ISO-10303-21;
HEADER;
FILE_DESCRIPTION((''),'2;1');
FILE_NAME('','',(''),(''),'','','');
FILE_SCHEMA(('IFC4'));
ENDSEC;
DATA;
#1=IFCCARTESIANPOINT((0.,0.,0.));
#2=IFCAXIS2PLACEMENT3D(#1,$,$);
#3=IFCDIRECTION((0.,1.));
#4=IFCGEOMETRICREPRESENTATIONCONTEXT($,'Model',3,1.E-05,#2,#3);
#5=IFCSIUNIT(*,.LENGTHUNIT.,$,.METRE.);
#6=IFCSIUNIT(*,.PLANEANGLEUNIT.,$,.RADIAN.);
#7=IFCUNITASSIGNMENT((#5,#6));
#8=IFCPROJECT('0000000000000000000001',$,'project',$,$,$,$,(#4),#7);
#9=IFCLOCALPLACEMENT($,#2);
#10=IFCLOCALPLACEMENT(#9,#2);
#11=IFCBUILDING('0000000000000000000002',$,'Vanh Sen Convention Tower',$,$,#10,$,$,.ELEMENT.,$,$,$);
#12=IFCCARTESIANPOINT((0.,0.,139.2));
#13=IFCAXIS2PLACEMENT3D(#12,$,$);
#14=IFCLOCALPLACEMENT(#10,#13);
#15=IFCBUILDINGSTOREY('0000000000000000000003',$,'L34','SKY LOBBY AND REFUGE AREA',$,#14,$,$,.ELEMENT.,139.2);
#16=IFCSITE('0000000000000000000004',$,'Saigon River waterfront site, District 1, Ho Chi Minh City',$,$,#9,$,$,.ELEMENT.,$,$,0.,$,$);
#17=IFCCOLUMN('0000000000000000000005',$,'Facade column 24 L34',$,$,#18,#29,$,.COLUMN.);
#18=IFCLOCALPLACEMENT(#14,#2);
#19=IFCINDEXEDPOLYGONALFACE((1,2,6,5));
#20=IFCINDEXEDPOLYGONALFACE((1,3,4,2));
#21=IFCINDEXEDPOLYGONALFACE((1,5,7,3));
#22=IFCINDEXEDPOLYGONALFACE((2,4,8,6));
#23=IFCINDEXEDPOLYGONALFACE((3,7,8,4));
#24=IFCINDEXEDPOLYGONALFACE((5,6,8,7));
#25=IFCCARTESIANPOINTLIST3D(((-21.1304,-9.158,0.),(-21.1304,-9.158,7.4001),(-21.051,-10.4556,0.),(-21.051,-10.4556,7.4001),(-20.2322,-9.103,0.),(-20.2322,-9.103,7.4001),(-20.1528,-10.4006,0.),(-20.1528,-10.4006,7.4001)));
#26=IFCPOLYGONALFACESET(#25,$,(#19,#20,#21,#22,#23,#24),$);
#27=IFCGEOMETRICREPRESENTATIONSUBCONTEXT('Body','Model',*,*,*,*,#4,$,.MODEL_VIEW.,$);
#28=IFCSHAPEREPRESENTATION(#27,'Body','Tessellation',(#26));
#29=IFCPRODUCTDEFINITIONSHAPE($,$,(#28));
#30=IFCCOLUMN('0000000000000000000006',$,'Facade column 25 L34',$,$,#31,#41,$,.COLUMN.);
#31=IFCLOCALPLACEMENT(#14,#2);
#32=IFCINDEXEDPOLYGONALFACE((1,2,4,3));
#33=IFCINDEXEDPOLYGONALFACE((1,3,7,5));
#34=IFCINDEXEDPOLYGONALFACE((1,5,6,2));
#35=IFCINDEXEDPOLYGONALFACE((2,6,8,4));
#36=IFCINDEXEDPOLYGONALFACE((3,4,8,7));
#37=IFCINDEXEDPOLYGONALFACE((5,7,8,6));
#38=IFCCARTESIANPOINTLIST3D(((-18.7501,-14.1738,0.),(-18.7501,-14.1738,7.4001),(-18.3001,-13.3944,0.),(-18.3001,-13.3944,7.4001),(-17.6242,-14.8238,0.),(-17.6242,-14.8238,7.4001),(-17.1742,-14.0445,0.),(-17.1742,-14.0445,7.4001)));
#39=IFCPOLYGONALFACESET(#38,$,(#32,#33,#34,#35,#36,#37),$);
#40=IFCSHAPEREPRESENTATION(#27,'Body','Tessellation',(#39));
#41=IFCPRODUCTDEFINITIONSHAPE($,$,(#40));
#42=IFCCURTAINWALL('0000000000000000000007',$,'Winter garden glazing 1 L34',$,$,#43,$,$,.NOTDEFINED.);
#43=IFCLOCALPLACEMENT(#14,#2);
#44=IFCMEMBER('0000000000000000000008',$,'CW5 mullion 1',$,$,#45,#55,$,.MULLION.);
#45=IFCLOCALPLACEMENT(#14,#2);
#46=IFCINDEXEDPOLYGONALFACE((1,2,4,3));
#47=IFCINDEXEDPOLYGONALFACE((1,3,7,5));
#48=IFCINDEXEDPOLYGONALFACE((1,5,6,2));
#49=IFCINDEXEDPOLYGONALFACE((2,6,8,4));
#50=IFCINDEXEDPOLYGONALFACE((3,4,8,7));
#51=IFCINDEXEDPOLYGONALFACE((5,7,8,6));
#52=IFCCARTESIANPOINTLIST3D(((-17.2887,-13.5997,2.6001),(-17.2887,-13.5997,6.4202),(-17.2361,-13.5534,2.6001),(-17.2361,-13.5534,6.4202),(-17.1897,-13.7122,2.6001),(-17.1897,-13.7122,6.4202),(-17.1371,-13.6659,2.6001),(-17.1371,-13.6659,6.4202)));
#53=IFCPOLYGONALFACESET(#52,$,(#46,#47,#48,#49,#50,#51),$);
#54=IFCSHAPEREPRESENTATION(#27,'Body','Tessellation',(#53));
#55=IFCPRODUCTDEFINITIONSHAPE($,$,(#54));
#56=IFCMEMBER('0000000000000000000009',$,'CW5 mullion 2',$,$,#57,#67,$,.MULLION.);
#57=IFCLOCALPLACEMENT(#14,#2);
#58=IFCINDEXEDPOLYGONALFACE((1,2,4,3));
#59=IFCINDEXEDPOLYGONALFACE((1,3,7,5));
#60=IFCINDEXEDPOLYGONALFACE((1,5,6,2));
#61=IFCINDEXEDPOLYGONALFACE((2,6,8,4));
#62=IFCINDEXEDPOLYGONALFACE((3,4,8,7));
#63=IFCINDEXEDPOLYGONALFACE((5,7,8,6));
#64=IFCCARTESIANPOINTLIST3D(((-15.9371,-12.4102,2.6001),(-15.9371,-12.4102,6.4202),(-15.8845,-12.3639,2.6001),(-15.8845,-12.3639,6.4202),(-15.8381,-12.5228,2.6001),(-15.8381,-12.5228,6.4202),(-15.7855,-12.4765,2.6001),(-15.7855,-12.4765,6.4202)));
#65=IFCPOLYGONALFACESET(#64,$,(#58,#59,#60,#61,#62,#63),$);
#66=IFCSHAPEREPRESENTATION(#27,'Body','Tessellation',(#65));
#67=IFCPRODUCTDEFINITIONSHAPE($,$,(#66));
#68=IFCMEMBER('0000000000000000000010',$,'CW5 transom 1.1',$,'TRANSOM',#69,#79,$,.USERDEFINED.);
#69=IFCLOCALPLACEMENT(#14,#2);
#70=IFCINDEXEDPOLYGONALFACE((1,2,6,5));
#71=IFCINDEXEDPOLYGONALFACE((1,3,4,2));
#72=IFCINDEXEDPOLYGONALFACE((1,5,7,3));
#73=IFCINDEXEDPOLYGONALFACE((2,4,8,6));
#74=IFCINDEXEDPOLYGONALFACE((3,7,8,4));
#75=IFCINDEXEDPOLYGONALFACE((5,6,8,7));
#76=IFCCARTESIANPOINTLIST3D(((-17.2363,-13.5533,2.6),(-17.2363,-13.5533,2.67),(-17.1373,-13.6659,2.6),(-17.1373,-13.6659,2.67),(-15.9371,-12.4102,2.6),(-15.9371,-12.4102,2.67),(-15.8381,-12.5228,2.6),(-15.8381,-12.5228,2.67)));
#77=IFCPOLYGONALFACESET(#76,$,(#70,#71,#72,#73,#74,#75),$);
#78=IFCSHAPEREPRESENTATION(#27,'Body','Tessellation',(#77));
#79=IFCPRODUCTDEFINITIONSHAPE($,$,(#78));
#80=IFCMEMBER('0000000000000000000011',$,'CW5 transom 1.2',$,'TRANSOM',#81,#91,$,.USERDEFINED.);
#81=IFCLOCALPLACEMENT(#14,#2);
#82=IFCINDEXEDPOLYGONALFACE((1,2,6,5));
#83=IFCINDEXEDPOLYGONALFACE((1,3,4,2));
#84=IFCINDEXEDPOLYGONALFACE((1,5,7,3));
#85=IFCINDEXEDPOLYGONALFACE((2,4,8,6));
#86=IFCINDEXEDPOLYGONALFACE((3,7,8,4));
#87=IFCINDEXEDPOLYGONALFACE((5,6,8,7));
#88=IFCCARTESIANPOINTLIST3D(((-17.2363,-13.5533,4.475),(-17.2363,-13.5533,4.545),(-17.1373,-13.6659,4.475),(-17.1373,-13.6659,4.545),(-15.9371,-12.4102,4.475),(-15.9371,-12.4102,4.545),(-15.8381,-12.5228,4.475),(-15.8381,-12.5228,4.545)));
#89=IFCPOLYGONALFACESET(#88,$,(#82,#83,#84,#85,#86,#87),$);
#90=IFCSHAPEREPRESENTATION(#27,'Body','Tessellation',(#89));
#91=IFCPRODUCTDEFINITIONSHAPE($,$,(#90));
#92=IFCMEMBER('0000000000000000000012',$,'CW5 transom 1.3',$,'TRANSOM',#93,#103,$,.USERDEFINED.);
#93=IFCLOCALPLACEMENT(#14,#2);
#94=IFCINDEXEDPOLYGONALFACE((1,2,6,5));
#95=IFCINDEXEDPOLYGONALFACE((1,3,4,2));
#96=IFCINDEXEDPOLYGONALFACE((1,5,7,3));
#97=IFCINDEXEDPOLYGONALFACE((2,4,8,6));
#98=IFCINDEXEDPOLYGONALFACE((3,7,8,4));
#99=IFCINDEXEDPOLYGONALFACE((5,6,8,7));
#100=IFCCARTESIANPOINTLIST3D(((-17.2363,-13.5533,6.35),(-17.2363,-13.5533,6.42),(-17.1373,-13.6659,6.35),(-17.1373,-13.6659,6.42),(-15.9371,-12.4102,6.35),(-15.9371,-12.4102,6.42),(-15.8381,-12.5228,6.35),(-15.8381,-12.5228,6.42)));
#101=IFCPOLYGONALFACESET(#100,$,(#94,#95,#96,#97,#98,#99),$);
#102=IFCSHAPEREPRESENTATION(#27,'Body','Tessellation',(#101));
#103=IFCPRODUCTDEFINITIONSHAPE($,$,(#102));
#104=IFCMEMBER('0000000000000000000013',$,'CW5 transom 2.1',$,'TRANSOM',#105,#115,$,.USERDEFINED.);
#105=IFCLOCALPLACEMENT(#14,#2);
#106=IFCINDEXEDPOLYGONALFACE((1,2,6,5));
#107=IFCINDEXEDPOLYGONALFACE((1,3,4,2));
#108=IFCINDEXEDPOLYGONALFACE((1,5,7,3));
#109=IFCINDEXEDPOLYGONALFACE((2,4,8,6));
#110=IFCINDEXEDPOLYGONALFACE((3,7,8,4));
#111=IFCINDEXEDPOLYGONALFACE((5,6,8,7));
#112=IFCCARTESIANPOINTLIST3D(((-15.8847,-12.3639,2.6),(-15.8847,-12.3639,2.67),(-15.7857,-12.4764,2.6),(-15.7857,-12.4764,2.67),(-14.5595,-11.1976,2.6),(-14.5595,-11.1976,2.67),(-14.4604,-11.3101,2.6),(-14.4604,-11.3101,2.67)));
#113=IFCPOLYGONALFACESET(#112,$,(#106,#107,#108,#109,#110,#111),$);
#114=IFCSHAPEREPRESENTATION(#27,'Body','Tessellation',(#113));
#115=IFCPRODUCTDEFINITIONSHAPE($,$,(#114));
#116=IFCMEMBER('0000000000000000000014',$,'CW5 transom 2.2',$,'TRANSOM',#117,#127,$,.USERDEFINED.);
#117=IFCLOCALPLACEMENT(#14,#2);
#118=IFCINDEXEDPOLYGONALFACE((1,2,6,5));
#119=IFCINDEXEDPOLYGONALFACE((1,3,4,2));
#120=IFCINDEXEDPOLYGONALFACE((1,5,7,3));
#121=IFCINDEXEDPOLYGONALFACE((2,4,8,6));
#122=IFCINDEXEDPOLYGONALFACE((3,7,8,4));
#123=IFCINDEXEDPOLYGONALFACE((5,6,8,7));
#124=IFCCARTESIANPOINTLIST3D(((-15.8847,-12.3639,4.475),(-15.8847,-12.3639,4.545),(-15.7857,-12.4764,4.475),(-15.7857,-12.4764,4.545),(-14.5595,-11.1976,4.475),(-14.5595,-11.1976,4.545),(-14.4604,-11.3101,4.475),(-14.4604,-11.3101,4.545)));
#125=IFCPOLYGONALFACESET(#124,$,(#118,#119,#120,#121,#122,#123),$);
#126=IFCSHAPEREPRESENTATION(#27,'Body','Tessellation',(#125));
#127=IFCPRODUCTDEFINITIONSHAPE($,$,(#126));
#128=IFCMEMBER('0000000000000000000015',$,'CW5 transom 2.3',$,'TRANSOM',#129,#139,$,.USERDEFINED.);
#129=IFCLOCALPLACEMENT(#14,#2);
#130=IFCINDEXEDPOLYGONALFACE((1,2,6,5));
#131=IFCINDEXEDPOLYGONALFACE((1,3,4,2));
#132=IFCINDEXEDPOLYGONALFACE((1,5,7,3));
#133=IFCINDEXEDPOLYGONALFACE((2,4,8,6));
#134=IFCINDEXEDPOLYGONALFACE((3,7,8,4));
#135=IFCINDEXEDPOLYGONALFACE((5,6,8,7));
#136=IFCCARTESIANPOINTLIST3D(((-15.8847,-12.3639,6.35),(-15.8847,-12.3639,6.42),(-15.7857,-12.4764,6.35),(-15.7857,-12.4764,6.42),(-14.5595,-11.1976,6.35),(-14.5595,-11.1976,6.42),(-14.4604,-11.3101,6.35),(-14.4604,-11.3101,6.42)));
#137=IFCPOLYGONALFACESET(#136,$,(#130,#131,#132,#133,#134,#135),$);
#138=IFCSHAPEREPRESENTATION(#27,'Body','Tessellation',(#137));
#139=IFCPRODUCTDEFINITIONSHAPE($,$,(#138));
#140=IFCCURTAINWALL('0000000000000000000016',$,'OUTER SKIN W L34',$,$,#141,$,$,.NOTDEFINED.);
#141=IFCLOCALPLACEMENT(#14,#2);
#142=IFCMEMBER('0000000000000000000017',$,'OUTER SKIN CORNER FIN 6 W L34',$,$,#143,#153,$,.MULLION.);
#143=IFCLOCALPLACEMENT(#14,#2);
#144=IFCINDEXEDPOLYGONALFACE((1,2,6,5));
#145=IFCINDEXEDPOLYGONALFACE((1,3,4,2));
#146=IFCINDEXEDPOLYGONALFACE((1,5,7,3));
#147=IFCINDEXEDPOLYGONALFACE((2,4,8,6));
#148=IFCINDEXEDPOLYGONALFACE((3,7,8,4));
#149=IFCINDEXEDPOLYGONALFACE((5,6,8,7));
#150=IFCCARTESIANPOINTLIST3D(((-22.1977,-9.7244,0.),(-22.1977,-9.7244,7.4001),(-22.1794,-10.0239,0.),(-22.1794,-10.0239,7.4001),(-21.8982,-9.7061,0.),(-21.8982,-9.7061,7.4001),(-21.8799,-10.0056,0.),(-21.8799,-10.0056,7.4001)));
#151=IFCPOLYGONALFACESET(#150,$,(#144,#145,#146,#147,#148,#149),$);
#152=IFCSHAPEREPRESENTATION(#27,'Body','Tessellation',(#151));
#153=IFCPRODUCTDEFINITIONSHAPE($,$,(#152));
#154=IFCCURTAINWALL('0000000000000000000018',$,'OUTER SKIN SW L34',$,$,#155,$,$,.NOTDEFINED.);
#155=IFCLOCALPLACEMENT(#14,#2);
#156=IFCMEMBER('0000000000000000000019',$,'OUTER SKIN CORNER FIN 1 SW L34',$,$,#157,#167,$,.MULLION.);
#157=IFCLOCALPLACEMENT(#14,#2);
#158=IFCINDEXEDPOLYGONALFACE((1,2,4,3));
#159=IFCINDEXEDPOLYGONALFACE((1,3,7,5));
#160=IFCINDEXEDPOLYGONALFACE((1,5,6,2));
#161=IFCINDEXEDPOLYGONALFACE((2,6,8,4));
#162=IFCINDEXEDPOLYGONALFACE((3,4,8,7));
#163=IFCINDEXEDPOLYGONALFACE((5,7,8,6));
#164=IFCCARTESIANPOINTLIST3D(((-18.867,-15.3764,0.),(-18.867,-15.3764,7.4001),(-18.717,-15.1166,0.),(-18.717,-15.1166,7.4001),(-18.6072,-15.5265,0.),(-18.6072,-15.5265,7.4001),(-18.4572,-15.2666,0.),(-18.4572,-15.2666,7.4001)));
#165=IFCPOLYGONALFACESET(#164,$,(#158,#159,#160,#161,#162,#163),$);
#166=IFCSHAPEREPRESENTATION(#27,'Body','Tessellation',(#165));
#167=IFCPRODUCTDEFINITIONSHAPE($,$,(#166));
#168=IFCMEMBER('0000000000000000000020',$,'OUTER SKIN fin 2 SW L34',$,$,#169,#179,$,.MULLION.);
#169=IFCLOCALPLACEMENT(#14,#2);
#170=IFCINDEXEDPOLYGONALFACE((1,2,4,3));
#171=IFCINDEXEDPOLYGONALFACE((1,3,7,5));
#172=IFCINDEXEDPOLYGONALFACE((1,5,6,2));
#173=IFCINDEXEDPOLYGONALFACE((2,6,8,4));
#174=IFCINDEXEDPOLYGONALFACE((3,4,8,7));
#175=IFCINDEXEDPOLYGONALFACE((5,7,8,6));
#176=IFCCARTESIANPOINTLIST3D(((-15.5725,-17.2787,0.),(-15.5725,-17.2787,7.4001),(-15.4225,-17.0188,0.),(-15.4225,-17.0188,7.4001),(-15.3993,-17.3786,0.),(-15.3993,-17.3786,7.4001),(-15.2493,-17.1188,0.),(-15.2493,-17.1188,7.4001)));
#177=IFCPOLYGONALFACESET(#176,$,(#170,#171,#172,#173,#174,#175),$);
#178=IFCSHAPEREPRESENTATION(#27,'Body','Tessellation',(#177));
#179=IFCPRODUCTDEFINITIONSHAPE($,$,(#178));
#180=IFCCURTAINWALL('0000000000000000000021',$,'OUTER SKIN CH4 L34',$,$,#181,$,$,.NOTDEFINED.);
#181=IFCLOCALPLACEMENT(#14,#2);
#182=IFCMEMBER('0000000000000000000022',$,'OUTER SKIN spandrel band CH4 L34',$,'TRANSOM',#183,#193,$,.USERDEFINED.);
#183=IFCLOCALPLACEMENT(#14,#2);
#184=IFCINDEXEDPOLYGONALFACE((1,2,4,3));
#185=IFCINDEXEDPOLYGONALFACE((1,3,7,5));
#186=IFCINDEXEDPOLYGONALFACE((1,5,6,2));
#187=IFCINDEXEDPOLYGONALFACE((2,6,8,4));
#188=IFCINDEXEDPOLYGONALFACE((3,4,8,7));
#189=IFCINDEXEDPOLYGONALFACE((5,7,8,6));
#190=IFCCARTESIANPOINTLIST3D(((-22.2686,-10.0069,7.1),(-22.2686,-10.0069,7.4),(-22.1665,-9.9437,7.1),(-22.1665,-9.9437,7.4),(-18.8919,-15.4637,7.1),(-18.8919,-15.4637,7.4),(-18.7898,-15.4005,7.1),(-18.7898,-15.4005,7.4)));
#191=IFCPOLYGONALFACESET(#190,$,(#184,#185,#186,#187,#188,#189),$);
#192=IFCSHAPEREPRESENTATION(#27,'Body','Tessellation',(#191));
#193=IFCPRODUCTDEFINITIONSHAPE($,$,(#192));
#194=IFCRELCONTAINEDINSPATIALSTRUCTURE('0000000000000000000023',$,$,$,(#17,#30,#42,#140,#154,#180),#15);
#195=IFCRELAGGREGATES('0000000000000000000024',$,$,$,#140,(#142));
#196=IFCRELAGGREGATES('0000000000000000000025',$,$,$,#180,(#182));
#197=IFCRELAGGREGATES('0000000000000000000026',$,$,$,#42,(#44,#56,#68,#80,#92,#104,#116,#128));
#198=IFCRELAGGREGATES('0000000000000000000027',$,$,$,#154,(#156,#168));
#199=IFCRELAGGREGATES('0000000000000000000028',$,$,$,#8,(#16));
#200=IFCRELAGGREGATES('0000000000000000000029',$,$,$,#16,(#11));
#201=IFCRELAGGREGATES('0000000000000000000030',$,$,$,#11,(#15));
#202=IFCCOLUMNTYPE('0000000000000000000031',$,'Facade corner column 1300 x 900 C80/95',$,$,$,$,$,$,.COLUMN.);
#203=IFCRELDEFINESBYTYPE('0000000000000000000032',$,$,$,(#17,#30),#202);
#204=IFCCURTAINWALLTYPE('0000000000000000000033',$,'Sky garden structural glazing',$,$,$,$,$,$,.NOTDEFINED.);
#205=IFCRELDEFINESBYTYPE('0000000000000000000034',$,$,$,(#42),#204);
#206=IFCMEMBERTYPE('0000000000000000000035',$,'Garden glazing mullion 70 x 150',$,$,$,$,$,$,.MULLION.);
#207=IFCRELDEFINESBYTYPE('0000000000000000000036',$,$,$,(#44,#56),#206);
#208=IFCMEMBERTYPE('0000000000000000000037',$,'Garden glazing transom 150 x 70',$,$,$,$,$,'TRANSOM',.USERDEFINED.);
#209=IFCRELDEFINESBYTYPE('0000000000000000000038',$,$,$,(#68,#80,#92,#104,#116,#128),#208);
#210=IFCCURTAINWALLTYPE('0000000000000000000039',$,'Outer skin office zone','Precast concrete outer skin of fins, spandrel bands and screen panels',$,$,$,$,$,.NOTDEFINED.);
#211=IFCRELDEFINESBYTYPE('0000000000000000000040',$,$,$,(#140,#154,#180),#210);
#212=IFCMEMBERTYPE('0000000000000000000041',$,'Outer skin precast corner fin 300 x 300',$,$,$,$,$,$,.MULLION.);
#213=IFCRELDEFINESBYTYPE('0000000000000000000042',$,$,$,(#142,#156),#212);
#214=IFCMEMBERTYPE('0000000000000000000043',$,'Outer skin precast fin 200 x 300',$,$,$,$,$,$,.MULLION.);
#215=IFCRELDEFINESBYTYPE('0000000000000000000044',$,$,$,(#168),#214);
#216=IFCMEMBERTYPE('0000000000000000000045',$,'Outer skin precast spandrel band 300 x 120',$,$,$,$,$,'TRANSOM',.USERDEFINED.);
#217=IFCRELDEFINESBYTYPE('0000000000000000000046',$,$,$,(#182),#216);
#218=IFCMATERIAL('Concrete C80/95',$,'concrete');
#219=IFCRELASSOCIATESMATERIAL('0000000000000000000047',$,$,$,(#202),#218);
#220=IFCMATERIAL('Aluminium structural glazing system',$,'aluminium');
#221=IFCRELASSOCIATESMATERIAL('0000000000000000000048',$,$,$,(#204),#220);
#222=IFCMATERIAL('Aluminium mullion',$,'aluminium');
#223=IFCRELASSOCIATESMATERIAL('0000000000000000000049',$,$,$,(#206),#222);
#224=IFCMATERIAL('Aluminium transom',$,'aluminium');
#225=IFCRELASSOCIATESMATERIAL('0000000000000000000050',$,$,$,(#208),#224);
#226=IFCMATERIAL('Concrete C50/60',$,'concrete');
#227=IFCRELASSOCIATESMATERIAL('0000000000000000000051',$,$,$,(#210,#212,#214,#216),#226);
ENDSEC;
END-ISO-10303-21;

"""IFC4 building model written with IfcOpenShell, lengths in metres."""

from ifc_helpers import new_model, si_unit, direction, frame, origin, origin_2d, place, context, subcontext, project, spatial, rectangle, extrude, material, material_profile, profile_set, type_object, element, aggregate, save


model = new_model("IFC4")

# Units and contexts
model_context = context("Model", 3, precision=1e-05, world=origin(), true_north=direction((0.0, 1.0)))
body_context = subcontext(model_context, "Body", "Model", "MODEL_VIEW")
ifc_project = project(units=[si_unit("LENGTHUNIT", "METRE"), si_unit("PLANEANGLEUNIT", "RADIAN")], contexts=[model_context])

# Site, building, storey
site_placement = place(None, origin())
site = spatial("IfcSite", under=ifc_project, at=site_placement, Name="Saigon River waterfront site, District 1, Ho Chi Minh City", CompositionType="ELEMENT", RefElevation=0.0)
building_placement = place(site_placement, origin())
building = spatial("IfcBuilding", under=site, at=building_placement, Name="Vanh Sen Convention Tower", CompositionType="ELEMENT")
storey_placement = place(building_placement, frame((0.0, 0.0, 139.2)))
storey = spatial("IfcBuildingStorey", under=building, at=storey_placement, Name="L34", Description="SKY LOBBY AND REFUGE AREA", CompositionType="ELEMENT", Elevation=139.2)

# Columns
ifc_material_1 = material(Name="Concrete C80/95", Category="concrete")
ifc_material_profile_1 = material_profile(ifc_material_1, rectangle(XDim=1.3, YDim=0.8999, at=origin_2d()), Name="RC 1300X900")
ifc_profile_set_1 = profile_set([ifc_material_profile_1], Name="Concrete C80/95")
column_type = type_object("IfcColumnType", Name="Facade corner column 1300 x 900 C80/95", PredefinedType="COLUMN", material=ifc_profile_set_1)
for number, where, z_axis, x_axis, name in (
    (1, (-20.6416, -9.7793, 0.0), (0.0, 0.0, 1.0), (0.061049, -0.998135, 0.0), "Facade column 24 L34"),
    (2, (-17.9622, -14.1091, 0.0), (0.0, 0.0, 1.0), (0.866025, -0.5, 0.0), "Facade column 25 L34"),
):
    element("IfcColumn", number, at=place(storey_placement, frame(where, z_axis=z_axis, x_axis=x_axis)), inside=storey, type_object=column_type, Name=name, PredefinedType="COLUMN", context=body_context, shape_type="SweptSolid", body=[
        extrude(rectangle(XDim=1.3, YDim=0.8999, at=origin_2d()), origin(), (0.0, 0.0, 1.0), 7.4001),
    ])

# Curtain wall, members
ifc_material_2 = material(Name="Aluminium structural glazing system", Category="aluminium")
curtain_wall_type_1 = type_object("IfcCurtainWallType", Name="Sky garden structural glazing", PredefinedType="NOTDEFINED", material=ifc_material_2)
curtain_wall_1_placement = place(storey_placement, origin())
curtain_wall_1 = element("IfcCurtainWall", 3, at=curtain_wall_1_placement, inside=storey, type_object=curtain_wall_type_1, Name="Winter garden glazing 1 L34", PredefinedType="NOTDEFINED")
ifc_material_3 = material(Name="Aluminium mullion", Category="aluminium")
ifc_material_profile_2 = material_profile(ifc_material_3, rectangle(XDim=0.1499, YDim=0.0701, at=origin_2d()), Name="Garden glazing mullion 70 x 150")
ifc_profile_set_2 = profile_set([ifc_material_profile_2], Name="Aluminium mullion")
member_type_1 = type_object("IfcMemberType", Name="Garden glazing mullion 70 x 150", PredefinedType="MULLION", material=ifc_profile_set_2)
member_1_placement = place(storey_placement, frame((-17.2129, -13.6328, 2.6001), z_axis=(0.0, 0.0, 1.0), x_axis=(-0.660648, 0.750696, 0.0)))
member_1 = element("IfcMember", 4, at=member_1_placement, type_object=member_type_1, Name="CW5 mullion 1", PredefinedType="MULLION", context=body_context, shape_type="SweptSolid", body=[
    extrude(rectangle(XDim=0.1499, YDim=0.0701, at=origin_2d()), origin(), (0.0, 0.0, 1.0), 3.8201),
])
member_2_placement = place(storey_placement, frame((-15.8613, -12.4434, 2.6001), z_axis=(0.0, 0.0, 1.0), x_axis=(-0.660648, 0.750696, 0.0)))
member_2 = element("IfcMember", 5, at=member_2_placement, type_object=member_type_1, Name="CW5 mullion 2", PredefinedType="MULLION", context=body_context, shape_type="SweptSolid", body=[
    extrude(rectangle(XDim=0.1499, YDim=0.0701, at=origin_2d()), origin(), (0.0, 0.0, 1.0), 3.8201),
])
ifc_material_4 = material(Name="Aluminium transom", Category="aluminium")
ifc_material_profile_3 = material_profile(ifc_material_4, rectangle(XDim=0.1499, YDim=0.0701, at=origin_2d()), Name="Garden glazing transom 150 x 70")
ifc_profile_set_3 = profile_set([ifc_material_profile_3], Name="Aluminium transom")
member_type_2 = type_object("IfcMemberType", Name="Garden glazing transom 150 x 70", ElementType="TRANSOM", PredefinedType="USERDEFINED", material=ifc_profile_set_3)
member_3_placement = place(storey_placement, frame((-17.1868, -13.6096, 2.635), z_axis=(0.750747, 0.66059, 0.0), x_axis=(-0.66059, 0.750747, 0.0)))
member_3 = element("IfcMember", 6, at=member_3_placement, type_object=member_type_2, Name="CW5 transom 1.1", ObjectType="TRANSOM", PredefinedType="USERDEFINED", context=body_context, shape_type="SweptSolid", body=[
    extrude(rectangle(XDim=0.1499, YDim=0.0701, at=origin_2d()), origin(), (0.0, 0.0, 1.0), 1.7305),
])
member_4_placement = place(storey_placement, frame((-17.1868, -13.6096, 4.51), z_axis=(0.750747, 0.66059, 0.0), x_axis=(-0.66059, 0.750747, 0.0)))
member_4 = element("IfcMember", 7, at=member_4_placement, type_object=member_type_2, Name="CW5 transom 1.2", ObjectType="TRANSOM", PredefinedType="USERDEFINED", context=body_context, shape_type="SweptSolid", body=[
    extrude(rectangle(XDim=0.1499, YDim=0.0701, at=origin_2d()), origin(), (0.0, 0.0, 1.0), 1.7305),
])
member_5_placement = place(storey_placement, frame((-17.1868, -13.6096, 6.385), z_axis=(0.750747, 0.66059, 0.0), x_axis=(-0.66059, 0.750747, 0.0)))
member_5 = element("IfcMember", 8, at=member_5_placement, type_object=member_type_2, Name="CW5 transom 1.3", ObjectType="TRANSOM", PredefinedType="USERDEFINED", context=body_context, shape_type="SweptSolid", body=[
    extrude(rectangle(XDim=0.1499, YDim=0.0701, at=origin_2d()), origin(), (0.0, 0.0, 1.0), 1.7305),
])
member_6_placement = place(storey_placement, frame((-15.8352, -12.4202, 2.635), z_axis=(0.750689, 0.660656, 0.0), x_axis=(-0.660656, 0.750689, 0.0)))
member_6 = element("IfcMember", 9, at=member_6_placement, type_object=member_type_2, Name="CW5 transom 2.1", ObjectType="TRANSOM", PredefinedType="USERDEFINED", context=body_context, shape_type="SweptSolid", body=[
    extrude(rectangle(XDim=0.1499, YDim=0.0701, at=origin_2d()), origin(), (0.0, 0.0, 1.0), 1.7654),
])
member_7_placement = place(storey_placement, frame((-15.8352, -12.4202, 4.51), z_axis=(0.750689, 0.660656, 0.0), x_axis=(-0.660656, 0.750689, 0.0)))
member_7 = element("IfcMember", 10, at=member_7_placement, type_object=member_type_2, Name="CW5 transom 2.2", ObjectType="TRANSOM", PredefinedType="USERDEFINED", context=body_context, shape_type="SweptSolid", body=[
    extrude(rectangle(XDim=0.1499, YDim=0.0701, at=origin_2d()), origin(), (0.0, 0.0, 1.0), 1.7654),
])
member_8_placement = place(storey_placement, frame((-15.8352, -12.4202, 6.385), z_axis=(0.750689, 0.660656, 0.0), x_axis=(-0.660656, 0.750689, 0.0)))
member_8 = element("IfcMember", 11, at=member_8_placement, type_object=member_type_2, Name="CW5 transom 2.3", ObjectType="TRANSOM", PredefinedType="USERDEFINED", context=body_context, shape_type="SweptSolid", body=[
    extrude(rectangle(XDim=0.1499, YDim=0.0701, at=origin_2d()), origin(), (0.0, 0.0, 1.0), 1.7654),
])

# Curtain wall, member
ifc_material_5 = material(Name="Concrete C50/60", Category="concrete")
curtain_wall_type_2 = type_object("IfcCurtainWallType", Name="Outer skin office zone", Description="Precast concrete outer skin of fins, spandrel bands and screen panels", PredefinedType="NOTDEFINED", material=ifc_material_5)
curtain_wall_2_placement = place(storey_placement, origin())
curtain_wall_2 = element("IfcCurtainWall", 12, at=curtain_wall_2_placement, inside=storey, type_object=curtain_wall_type_2, Name="OUTER SKIN W L34", PredefinedType="NOTDEFINED")
ifc_material_profile_4 = material_profile(ifc_material_5, rectangle(XDim=0.3, YDim=0.3, at=origin_2d()), Name="Outer skin precast corner fin 300 x 300")
ifc_profile_set_4 = profile_set([ifc_material_profile_4], Name="Concrete C50/60")
member_type_3 = type_object("IfcMemberType", Name="Outer skin precast corner fin 300 x 300", PredefinedType="MULLION", material=ifc_profile_set_4)
member_9_placement = place(storey_placement, frame((-22.0388, -9.865, 0.0), z_axis=(0.0, 0.0, 1.0), x_axis=(0.061049, -0.998135, 0.0)))
member_9 = element("IfcMember", 13, at=member_9_placement, type_object=member_type_3, Name="OUTER SKIN CORNER FIN 6 W L34", PredefinedType="MULLION", context=body_context, shape_type="SweptSolid", body=[
    extrude(rectangle(XDim=0.3, YDim=0.3, at=origin_2d()), origin(), (0.0, 0.0, 1.0), 7.4001),
])
aggregate(curtain_wall_2, [member_9])

# Curtain walls, members
curtain_wall_3_placement = place(storey_placement, origin())
curtain_wall_3 = element("IfcCurtainWall", 14, at=curtain_wall_3_placement, inside=storey, type_object=curtain_wall_type_2, Name="OUTER SKIN SW L34", PredefinedType="NOTDEFINED")
member_10_placement = place(storey_placement, frame((-18.6621, -15.3215, 0.0), z_axis=(0.0, 0.0, 1.0), x_axis=(0.866025, -0.5, 0.0)))
member_10 = element("IfcMember", 15, at=member_10_placement, type_object=member_type_3, Name="OUTER SKIN CORNER FIN 1 SW L34", PredefinedType="MULLION", context=body_context, shape_type="SweptSolid", body=[
    extrude(rectangle(XDim=0.3, YDim=0.3, at=origin_2d()), origin(), (0.0, 0.0, 1.0), 7.4001),
])
ifc_material_profile_5 = material_profile(ifc_material_5, rectangle(XDim=0.2, YDim=0.3, at=origin_2d()), Name="Outer skin precast fin 200 x 300")
ifc_profile_set_5 = profile_set([ifc_material_profile_5], Name="Concrete C50/60")
member_type_4 = type_object("IfcMemberType", Name="Outer skin precast fin 200 x 300", PredefinedType="MULLION", material=ifc_profile_set_5)
member_11_placement = place(storey_placement, frame((-15.4109, -17.1987, 0.0), z_axis=(0.0, 0.0, 1.0), x_axis=(0.866025, -0.5, 0.0)))
member_11 = element("IfcMember", 16, at=member_11_placement, type_object=member_type_4, Name="OUTER SKIN fin 2 SW L34", PredefinedType="MULLION", context=body_context, shape_type="SweptSolid", body=[
    extrude(rectangle(XDim=0.2, YDim=0.3, at=origin_2d()), origin(), (0.0, 0.0, 1.0), 7.4001),
])
curtain_wall_4_placement = place(storey_placement, origin())
curtain_wall_4 = element("IfcCurtainWall", 17, at=curtain_wall_4_placement, inside=storey, type_object=curtain_wall_type_2, Name="OUTER SKIN CH4 L34", PredefinedType="NOTDEFINED")
ifc_material_profile_6 = material_profile(ifc_material_5, rectangle(XDim=0.1201, YDim=0.3, at=origin_2d()), Name="Outer skin precast spandrel band 300 x 120")
ifc_profile_set_6 = profile_set([ifc_material_profile_6], Name="Concrete C50/60")
member_type_5 = type_object("IfcMemberType", Name="Outer skin precast spandrel band 300 x 120", ElementType="TRANSOM", PredefinedType="USERDEFINED", material=ifc_profile_set_6)
member_12_placement = place(storey_placement, frame((-22.2175, -9.9753, 7.25), z_axis=(0.526208, -0.850356, 0.0), x_axis=(0.850356, 0.526208, 0.0)))
member_12 = element("IfcMember", 18, at=member_12_placement, type_object=member_type_5, Name="OUTER SKIN spandrel band CH4 L34", ObjectType="TRANSOM", PredefinedType="USERDEFINED", context=body_context, shape_type="SweptSolid", body=[
    extrude(rectangle(XDim=0.1201, YDim=0.3, at=origin_2d()), origin(), (0.0, 0.0, 1.0), 6.417),
])
aggregate(curtain_wall_4, [member_12])

aggregate(curtain_wall_1, [member_1, member_2, member_3, member_4, member_5, member_6, member_7, member_8])
aggregate(curtain_wall_3, [member_10, member_11])

save(model, "model.ifc")
